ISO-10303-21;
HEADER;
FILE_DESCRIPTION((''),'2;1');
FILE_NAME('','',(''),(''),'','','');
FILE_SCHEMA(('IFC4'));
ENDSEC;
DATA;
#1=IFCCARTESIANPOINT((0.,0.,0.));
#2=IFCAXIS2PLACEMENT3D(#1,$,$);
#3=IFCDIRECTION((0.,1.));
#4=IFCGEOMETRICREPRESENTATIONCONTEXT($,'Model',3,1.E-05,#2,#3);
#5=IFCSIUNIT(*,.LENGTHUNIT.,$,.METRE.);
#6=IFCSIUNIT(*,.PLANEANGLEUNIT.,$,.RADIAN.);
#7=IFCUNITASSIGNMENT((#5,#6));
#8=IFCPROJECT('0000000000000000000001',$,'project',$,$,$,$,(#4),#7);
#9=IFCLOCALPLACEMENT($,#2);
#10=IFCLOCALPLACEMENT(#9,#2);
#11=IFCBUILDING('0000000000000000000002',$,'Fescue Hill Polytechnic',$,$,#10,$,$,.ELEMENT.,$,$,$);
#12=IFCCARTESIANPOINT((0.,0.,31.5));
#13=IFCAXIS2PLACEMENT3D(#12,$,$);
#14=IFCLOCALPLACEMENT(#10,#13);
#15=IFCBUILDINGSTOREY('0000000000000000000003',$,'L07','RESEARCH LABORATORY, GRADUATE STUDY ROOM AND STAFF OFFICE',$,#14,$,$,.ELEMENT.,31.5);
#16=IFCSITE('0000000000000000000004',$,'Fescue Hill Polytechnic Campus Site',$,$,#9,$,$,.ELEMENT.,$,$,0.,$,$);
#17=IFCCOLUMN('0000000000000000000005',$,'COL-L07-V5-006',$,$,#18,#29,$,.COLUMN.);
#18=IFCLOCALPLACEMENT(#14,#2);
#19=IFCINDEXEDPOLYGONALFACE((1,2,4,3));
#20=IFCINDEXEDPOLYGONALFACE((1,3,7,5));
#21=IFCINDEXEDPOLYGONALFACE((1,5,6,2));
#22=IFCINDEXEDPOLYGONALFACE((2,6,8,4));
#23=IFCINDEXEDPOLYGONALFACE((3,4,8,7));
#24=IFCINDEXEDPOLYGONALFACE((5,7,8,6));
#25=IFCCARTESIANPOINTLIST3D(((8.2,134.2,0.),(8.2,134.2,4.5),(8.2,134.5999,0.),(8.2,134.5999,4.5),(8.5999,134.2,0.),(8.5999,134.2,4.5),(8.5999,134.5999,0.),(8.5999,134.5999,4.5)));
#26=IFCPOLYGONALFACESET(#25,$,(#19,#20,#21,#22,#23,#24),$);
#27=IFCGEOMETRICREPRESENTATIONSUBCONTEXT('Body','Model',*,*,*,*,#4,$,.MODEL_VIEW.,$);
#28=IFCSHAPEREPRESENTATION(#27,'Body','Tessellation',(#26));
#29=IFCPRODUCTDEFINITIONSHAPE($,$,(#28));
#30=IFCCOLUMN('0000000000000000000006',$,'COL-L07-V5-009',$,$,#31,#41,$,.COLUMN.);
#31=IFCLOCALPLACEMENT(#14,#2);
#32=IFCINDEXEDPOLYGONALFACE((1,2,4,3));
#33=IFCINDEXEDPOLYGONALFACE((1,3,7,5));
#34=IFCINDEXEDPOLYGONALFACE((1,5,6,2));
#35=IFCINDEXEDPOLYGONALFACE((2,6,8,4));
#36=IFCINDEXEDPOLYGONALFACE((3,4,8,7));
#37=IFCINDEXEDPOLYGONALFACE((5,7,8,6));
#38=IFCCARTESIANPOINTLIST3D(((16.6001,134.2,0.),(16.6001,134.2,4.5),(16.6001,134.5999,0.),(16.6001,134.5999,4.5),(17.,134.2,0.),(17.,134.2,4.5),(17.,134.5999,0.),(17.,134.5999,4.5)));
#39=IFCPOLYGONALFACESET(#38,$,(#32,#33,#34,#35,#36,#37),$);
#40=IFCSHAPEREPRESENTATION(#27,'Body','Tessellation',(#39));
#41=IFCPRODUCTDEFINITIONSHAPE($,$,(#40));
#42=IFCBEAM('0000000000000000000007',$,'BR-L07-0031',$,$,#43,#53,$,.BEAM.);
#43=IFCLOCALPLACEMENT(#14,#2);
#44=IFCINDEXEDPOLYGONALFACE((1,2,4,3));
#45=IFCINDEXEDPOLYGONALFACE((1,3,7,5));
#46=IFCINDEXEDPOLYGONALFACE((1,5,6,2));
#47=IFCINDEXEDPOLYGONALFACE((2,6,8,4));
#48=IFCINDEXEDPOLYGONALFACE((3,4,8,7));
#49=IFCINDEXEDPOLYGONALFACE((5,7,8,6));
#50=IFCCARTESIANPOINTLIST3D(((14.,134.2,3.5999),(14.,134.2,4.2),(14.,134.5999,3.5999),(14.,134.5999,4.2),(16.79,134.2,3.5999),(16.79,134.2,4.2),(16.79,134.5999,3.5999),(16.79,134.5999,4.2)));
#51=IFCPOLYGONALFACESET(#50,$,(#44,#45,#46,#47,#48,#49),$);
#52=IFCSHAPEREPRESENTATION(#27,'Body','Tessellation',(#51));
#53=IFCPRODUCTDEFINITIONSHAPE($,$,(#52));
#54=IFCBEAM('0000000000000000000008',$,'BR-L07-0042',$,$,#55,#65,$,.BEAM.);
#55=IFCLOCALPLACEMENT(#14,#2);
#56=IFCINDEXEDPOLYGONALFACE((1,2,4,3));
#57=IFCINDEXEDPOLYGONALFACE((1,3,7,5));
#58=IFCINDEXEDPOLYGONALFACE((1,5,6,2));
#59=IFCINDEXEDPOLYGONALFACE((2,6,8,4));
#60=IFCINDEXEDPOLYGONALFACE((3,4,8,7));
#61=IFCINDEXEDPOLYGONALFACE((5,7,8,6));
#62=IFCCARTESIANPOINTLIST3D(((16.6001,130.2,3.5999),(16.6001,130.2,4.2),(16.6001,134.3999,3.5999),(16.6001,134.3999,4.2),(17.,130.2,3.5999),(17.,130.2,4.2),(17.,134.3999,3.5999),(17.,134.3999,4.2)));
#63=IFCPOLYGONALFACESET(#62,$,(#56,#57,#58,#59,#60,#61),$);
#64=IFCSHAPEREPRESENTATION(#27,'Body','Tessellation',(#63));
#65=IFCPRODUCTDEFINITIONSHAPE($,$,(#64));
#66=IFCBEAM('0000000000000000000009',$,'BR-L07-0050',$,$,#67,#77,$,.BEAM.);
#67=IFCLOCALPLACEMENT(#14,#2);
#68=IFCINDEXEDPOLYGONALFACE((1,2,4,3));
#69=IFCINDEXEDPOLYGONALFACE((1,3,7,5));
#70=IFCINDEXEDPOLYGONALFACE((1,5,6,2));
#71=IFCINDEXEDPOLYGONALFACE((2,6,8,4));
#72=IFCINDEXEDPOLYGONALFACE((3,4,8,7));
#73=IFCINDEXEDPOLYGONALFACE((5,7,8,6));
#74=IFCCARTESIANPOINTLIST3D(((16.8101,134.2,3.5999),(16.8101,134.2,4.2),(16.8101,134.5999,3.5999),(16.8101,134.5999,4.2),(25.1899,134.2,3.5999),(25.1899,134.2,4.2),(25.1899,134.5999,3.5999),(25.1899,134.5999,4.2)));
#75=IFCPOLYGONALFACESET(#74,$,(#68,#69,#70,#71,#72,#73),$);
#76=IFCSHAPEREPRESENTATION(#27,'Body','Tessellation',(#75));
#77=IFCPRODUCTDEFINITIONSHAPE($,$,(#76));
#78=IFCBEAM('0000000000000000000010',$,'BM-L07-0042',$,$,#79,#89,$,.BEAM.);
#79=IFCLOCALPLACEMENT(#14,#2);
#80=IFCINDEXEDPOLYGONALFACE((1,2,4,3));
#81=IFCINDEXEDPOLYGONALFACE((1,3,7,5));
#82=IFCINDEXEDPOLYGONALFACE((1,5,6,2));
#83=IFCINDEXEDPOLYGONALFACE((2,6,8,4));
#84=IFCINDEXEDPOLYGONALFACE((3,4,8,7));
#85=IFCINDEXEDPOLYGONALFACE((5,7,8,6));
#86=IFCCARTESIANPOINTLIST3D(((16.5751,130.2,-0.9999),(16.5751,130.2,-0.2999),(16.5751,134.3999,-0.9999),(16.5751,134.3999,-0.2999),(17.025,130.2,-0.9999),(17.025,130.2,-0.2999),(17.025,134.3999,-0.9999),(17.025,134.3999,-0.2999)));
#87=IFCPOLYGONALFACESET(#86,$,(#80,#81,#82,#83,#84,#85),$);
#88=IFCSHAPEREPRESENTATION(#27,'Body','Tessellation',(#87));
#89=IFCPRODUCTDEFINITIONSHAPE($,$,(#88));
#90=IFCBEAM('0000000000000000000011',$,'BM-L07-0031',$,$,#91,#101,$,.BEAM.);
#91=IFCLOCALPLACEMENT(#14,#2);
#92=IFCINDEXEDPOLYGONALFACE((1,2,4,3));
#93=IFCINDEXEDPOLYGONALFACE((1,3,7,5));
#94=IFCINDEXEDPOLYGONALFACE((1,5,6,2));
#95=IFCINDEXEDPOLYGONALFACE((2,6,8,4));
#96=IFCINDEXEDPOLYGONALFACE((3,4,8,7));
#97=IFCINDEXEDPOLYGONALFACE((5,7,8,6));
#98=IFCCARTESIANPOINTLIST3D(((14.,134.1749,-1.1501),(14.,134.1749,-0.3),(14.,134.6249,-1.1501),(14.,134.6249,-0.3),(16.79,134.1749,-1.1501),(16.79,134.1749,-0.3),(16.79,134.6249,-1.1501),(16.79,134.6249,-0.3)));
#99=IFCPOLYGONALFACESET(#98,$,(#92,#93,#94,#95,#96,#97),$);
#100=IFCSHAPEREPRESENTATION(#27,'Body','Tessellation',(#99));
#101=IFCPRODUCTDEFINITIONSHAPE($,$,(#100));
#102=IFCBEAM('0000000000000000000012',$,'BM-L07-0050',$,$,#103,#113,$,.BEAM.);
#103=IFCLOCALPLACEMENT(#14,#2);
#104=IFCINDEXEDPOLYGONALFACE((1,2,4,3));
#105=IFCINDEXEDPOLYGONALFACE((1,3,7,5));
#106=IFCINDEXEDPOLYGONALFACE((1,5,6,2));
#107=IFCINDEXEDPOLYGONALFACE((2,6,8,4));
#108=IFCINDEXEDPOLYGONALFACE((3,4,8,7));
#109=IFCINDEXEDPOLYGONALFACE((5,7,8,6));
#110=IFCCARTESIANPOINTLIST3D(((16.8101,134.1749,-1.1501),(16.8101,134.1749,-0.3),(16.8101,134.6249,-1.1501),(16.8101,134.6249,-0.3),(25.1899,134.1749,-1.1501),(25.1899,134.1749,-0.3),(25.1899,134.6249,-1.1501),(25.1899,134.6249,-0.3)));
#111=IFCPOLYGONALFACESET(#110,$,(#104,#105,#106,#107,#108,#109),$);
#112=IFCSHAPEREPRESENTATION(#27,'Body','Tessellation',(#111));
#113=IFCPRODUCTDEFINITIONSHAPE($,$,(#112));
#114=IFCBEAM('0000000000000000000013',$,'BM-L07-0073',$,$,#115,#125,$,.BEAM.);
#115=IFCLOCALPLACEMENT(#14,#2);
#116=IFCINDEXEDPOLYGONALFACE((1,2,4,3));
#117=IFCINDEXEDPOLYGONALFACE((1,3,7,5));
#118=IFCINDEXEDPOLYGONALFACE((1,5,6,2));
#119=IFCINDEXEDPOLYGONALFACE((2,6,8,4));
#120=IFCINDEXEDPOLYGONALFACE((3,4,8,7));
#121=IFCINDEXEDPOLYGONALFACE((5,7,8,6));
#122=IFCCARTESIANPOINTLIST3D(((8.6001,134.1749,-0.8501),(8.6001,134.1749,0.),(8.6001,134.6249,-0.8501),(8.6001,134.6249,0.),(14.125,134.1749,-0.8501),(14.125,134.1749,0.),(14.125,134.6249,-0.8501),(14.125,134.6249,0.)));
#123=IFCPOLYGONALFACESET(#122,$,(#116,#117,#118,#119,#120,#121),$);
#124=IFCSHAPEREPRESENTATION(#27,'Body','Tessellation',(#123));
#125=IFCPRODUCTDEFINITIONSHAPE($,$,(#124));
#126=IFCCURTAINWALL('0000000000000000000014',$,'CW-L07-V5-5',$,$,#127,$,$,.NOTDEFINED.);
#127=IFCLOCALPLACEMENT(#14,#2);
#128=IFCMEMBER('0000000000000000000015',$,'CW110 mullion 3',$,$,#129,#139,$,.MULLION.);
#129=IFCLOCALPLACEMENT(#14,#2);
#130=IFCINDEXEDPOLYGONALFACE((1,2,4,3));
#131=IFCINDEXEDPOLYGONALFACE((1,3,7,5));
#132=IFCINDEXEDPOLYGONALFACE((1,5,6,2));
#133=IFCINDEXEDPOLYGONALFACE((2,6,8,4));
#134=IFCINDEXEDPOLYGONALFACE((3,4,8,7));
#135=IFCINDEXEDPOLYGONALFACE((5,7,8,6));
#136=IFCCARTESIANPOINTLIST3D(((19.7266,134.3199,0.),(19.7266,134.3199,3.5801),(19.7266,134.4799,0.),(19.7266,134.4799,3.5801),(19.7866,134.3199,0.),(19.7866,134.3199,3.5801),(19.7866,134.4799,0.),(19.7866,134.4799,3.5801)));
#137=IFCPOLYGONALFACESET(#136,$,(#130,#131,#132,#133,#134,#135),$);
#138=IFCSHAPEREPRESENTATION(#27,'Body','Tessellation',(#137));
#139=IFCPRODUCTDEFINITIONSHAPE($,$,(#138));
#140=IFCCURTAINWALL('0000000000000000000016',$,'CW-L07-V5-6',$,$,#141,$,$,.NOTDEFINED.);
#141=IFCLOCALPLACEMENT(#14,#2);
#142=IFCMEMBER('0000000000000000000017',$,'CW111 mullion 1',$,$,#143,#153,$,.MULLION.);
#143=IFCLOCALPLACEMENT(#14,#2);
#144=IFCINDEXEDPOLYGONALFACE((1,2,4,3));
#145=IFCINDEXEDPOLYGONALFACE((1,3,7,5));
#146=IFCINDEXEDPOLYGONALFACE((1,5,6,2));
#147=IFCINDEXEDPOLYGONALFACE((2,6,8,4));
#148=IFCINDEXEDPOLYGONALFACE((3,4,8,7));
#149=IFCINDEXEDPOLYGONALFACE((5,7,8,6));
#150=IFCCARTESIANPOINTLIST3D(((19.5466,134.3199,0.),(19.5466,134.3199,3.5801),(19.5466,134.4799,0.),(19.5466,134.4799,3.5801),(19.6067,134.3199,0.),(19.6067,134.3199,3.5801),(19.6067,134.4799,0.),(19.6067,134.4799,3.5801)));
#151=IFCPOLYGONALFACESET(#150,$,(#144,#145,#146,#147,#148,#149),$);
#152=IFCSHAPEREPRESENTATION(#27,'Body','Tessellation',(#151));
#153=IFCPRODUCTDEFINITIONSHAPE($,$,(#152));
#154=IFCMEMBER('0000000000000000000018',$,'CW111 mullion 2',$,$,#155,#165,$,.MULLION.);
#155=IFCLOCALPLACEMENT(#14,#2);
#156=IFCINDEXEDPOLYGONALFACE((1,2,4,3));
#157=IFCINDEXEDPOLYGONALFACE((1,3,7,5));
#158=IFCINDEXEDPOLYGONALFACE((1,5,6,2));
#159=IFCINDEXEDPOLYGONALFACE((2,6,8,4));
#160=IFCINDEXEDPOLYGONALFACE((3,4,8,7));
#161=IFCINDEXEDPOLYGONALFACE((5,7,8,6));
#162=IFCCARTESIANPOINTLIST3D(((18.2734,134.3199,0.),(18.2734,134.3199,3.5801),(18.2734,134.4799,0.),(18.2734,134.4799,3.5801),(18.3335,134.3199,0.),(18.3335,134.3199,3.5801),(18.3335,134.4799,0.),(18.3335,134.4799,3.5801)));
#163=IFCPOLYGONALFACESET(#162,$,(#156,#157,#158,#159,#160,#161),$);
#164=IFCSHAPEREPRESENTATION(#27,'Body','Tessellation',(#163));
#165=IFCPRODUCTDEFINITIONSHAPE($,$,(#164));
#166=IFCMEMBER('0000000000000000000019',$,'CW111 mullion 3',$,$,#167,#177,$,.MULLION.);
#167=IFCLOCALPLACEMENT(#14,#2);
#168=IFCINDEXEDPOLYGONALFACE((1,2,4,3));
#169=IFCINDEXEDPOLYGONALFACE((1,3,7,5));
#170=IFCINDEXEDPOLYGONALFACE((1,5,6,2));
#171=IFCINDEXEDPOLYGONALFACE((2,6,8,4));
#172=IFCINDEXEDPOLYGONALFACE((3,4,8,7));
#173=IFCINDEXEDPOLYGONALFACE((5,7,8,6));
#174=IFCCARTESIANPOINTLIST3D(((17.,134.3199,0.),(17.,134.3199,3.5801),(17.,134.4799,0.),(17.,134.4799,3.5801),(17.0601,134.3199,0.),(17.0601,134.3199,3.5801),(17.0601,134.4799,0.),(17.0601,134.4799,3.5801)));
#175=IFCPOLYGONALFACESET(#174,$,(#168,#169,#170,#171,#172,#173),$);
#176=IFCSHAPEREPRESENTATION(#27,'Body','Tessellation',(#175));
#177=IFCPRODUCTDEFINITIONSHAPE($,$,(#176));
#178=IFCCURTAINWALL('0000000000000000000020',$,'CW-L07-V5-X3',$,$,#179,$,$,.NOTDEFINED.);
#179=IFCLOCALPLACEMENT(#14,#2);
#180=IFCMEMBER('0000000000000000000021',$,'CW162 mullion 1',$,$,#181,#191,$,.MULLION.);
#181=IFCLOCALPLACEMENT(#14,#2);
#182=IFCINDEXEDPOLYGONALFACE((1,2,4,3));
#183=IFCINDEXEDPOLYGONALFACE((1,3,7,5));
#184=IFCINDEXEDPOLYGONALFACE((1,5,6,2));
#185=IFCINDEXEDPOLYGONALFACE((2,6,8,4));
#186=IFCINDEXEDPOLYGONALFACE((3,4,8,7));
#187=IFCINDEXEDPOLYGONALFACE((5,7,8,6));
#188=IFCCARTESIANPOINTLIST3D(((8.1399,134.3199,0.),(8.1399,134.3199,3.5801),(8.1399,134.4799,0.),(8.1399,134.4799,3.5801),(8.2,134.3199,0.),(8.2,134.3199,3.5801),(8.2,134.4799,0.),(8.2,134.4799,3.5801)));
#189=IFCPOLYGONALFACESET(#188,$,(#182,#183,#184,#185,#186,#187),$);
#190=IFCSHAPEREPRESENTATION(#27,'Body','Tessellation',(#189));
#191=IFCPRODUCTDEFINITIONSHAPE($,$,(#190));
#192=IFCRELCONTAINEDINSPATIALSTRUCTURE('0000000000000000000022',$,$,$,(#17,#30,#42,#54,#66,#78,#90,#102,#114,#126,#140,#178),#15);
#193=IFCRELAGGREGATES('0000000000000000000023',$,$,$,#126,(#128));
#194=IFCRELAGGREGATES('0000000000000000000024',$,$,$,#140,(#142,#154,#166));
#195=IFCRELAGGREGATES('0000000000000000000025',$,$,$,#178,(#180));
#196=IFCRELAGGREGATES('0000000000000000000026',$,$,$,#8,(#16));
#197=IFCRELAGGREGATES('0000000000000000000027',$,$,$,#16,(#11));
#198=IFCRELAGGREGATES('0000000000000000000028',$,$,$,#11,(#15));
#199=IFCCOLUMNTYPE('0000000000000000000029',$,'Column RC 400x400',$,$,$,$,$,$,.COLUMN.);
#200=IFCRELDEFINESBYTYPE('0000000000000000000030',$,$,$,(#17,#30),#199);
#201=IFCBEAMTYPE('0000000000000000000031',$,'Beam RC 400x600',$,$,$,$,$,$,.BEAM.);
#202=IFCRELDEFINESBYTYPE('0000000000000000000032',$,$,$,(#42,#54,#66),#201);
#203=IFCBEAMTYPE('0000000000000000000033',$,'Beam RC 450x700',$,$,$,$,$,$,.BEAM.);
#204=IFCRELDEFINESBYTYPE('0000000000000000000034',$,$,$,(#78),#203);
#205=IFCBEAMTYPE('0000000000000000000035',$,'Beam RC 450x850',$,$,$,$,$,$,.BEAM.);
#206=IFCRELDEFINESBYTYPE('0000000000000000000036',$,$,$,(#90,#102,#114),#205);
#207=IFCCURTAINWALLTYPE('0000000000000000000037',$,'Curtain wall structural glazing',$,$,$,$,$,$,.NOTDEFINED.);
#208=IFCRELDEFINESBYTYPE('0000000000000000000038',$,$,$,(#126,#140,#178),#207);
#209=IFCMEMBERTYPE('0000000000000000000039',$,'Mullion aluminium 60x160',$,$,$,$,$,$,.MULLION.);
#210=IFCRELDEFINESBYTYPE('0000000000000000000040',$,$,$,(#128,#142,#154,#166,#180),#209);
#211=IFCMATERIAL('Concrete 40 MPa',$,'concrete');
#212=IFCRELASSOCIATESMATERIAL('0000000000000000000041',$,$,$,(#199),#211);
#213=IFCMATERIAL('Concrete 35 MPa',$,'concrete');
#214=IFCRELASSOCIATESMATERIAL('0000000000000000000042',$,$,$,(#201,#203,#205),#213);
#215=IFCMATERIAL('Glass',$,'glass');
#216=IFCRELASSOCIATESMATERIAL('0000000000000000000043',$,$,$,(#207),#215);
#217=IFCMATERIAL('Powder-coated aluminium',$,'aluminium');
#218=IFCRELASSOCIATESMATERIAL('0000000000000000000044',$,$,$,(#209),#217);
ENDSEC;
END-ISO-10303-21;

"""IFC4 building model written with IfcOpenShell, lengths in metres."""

from ifc_helpers import new_model, si_unit, direction, frame, origin, origin_2d, place, context, subcontext, project, spatial, rectangle, extrude, material, material_profile, profile_set, type_object, element, aggregate, save


model = new_model("IFC4")

# Units and contexts
model_context = context("Model", 3, precision=1e-05, world=origin(), true_north=direction((0.0, 1.0)))
body_context = subcontext(model_context, "Body", "Model", "MODEL_VIEW")
ifc_project = project(units=[si_unit("LENGTHUNIT", "METRE"), si_unit("PLANEANGLEUNIT", "RADIAN")], contexts=[model_context])

# Site, building, storey
site_placement = place(None, origin())
site = spatial("IfcSite", under=ifc_project, at=site_placement, Name="Fescue Hill Polytechnic Campus Site", CompositionType="ELEMENT", RefElevation=0.0)
building_placement = place(site_placement, origin())
building = spatial("IfcBuilding", under=site, at=building_placement, Name="Fescue Hill Polytechnic", CompositionType="ELEMENT")
storey_placement = place(building_placement, frame((0.0, 0.0, 31.5)))
storey = spatial("IfcBuildingStorey", under=building, at=storey_placement, Name="L07", Description="RESEARCH LABORATORY, GRADUATE STUDY ROOM AND STAFF OFFICE", CompositionType="ELEMENT", Elevation=31.5)

# Columns
ifc_material_1 = material(Name="Concrete 40 MPa", Category="concrete")
ifc_material_profile_1 = material_profile(ifc_material_1, rectangle(XDim=0.3999, YDim=0.3999, at=origin_2d()), Name="RC 400x400")
ifc_profile_set_1 = profile_set([ifc_material_profile_1], Name="Concrete 40 MPa")
column_type = type_object("IfcColumnType", Name="Column RC 400x400", PredefinedType="COLUMN", material=ifc_profile_set_1)
for number, where, z_axis, x_axis, name in (
    (1, (8.3999, 134.3999, 0.0), (0.0, 0.0, 1.0), (1.0, 0.0, 0.0), "COL-L07-V5-006"),
    (2, (16.8, 134.3999, 0.0), (0.0, 0.0, 1.0), (1.0, 0.0, 0.0), "COL-L07-V5-009"),
):
    element("IfcColumn", number, at=place(storey_placement, frame(where, z_axis=z_axis, x_axis=x_axis)), inside=storey, type_object=column_type, Name=name, PredefinedType="COLUMN", context=body_context, shape_type="SweptSolid", body=[
        extrude(rectangle(XDim=0.3999, YDim=0.3999, at=origin_2d()), origin(), (0.0, 0.0, 1.0), 4.5),
    ])

# Beams
ifc_material_2 = material(Name="Concrete 35 MPa", Category="concrete")
ifc_material_profile_2 = material_profile(ifc_material_2, rectangle(XDim=0.3999, YDim=0.6001, at=origin_2d()), Name="RC 400x600")
ifc_profile_set_2 = profile_set([ifc_material_profile_2], Name="Concrete 35 MPa")
beam_type_1 = type_object("IfcBeamType", Name="Beam RC 400x600", PredefinedType="BEAM", material=ifc_profile_set_2)
beam_1_placement = place(storey_placement, frame((14.0, 134.3999, 3.8999), z_axis=(1.0, 0.0, 0.0), x_axis=(0.0, 1.0, 0.0)))
element("IfcBeam", 3, at=beam_1_placement, inside=storey, type_object=beam_type_1, Name="BR-L07-0031", PredefinedType="BEAM", context=body_context, shape_type="SweptSolid", body=[
    extrude(rectangle(XDim=0.3999, YDim=0.6001, at=origin_2d()), origin(), (0.0, 0.0, 1.0), 2.79),
])
beam_2_placement = place(storey_placement, frame((16.8, 130.2, 3.8999), z_axis=(0.0, 1.0, 0.0), x_axis=(-1.0, 0.0, 0.0)))
element("IfcBeam", 4, at=beam_2_placement, inside=storey, type_object=beam_type_1, Name="BR-L07-0042", PredefinedType="BEAM", context=body_context, shape_type="SweptSolid", body=[
    extrude(rectangle(XDim=0.3999, YDim=0.6001, at=origin_2d()), origin(), (0.0, 0.0, 1.0), 4.2),
])
beam_3_placement = place(storey_placement, frame((16.8101, 134.3999, 3.8999), z_axis=(1.0, 0.0, 0.0), x_axis=(0.0, 1.0, 0.0)))
element("IfcBeam", 5, at=beam_3_placement, inside=storey, type_object=beam_type_1, Name="BR-L07-0050", PredefinedType="BEAM", context=body_context, shape_type="SweptSolid", body=[
    extrude(rectangle(XDim=0.3999, YDim=0.6001, at=origin_2d()), origin(), (0.0, 0.0, 1.0), 8.3799),
])
ifc_material_profile_3 = material_profile(ifc_material_2, rectangle(XDim=0.45, YDim=0.7, at=origin_2d()), Name="RC 450x700")
ifc_profile_set_3 = profile_set([ifc_material_profile_3], Name="Concrete 35 MPa")
beam_type_2 = type_object("IfcBeamType", Name="Beam RC 450x700", PredefinedType="BEAM", material=ifc_profile_set_3)
beam_4_placement = place(storey_placement, frame((16.8, 130.2, -0.6499), z_axis=(0.0, 1.0, 0.0), x_axis=(-1.0, 0.0, 0.0)))
element("IfcBeam", 6, at=beam_4_placement, inside=storey, type_object=beam_type_2, Name="BM-L07-0042", PredefinedType="BEAM", context=body_context, shape_type="SweptSolid", body=[
    extrude(rectangle(XDim=0.45, YDim=0.7, at=origin_2d()), origin(), (0.0, 0.0, 1.0), 4.2),
])
ifc_material_profile_4 = material_profile(ifc_material_2, rectangle(XDim=0.45, YDim=0.8501, at=origin_2d()), Name="RC 450x850")
ifc_profile_set_4 = profile_set([ifc_material_profile_4], Name="Concrete 35 MPa")
beam_type_3 = type_object("IfcBeamType", Name="Beam RC 450x850", PredefinedType="BEAM", material=ifc_profile_set_4)
beam_5_placement = place(storey_placement, frame((14.0, 134.3999, -0.7251), z_axis=(1.0, 0.0, 0.0), x_axis=(0.0, 1.0, 0.0)))
element("IfcBeam", 7, at=beam_5_placement, inside=storey, type_object=beam_type_3, Name="BM-L07-0031", PredefinedType="BEAM", context=body_context, shape_type="SweptSolid", body=[
    extrude(rectangle(XDim=0.45, YDim=0.8501, at=origin_2d()), origin(), (0.0, 0.0, 1.0), 2.79),
])
beam_6_placement = place(storey_placement, frame((16.8101, 134.3999, -0.7251), z_axis=(1.0, 0.0, 0.0), x_axis=(0.0, 1.0, 0.0)))
element("IfcBeam", 8, at=beam_6_placement, inside=storey, type_object=beam_type_3, Name="BM-L07-0050", PredefinedType="BEAM", context=body_context, shape_type="SweptSolid", body=[
    extrude(rectangle(XDim=0.45, YDim=0.8501, at=origin_2d()), origin(), (0.0, 0.0, 1.0), 8.3799),
])
beam_7_placement = place(storey_placement, frame((8.6001, 134.3999, -0.425), z_axis=(1.0, 0.0, 0.0), x_axis=(0.0, 1.0, 0.0)))
element("IfcBeam", 9, at=beam_7_placement, inside=storey, type_object=beam_type_3, Name="BM-L07-0073", PredefinedType="BEAM", context=body_context, shape_type="SweptSolid", body=[
    extrude(rectangle(XDim=0.45, YDim=0.8501, at=origin_2d()), origin(), (0.0, 0.0, 1.0), 5.5249),
])

# Curtain wall, member
ifc_material_3 = material(Name="Glass", Category="glass")
curtain_wall_type = type_object("IfcCurtainWallType", Name="Curtain wall structural glazing", PredefinedType="NOTDEFINED", material=ifc_material_3)
curtain_wall_1_placement = place(storey_placement, origin())
curtain_wall_1 = element("IfcCurtainWall", 10, at=curtain_wall_1_placement, inside=storey, type_object=curtain_wall_type, Name="CW-L07-V5-5", PredefinedType="NOTDEFINED")
ifc_material_4 = material(Name="Powder-coated aluminium", Category="aluminium")
ifc_material_profile_5 = material_profile(ifc_material_4, rectangle(XDim=0.1599, YDim=0.0601, at=origin_2d()), Name="Mullion aluminium 60x160")
ifc_profile_set_5 = profile_set([ifc_material_profile_5], Name="Powder-coated aluminium")
member_type_1 = type_object("IfcMemberType", Name="Mullion aluminium 60x160", PredefinedType="MULLION", material=ifc_profile_set_5)
member_1_placement = place(storey_placement, frame((19.7566, 134.3999, 0.0), z_axis=(0.0, 0.0, 1.0), x_axis=(0.0, -1.0, 0.0)))
member_1 = element("IfcMember", 11, at=member_1_placement, type_object=member_type_1, Name="CW110 mullion 3", PredefinedType="MULLION", context=body_context, shape_type="SweptSolid", body=[
    extrude(rectangle(XDim=0.1599, YDim=0.0601, at=origin_2d()), origin(), (0.0, 0.0, 1.0), 3.5801),
])

# Curtain walls, members
curtain_wall_2_placement = place(storey_placement, origin())
curtain_wall_2 = element("IfcCurtainWall", 12, at=curtain_wall_2_placement, inside=storey, type_object=curtain_wall_type, Name="CW-L07-V5-6", PredefinedType="NOTDEFINED")
member_2_placement = place(storey_placement, frame((19.5767, 134.3999, 0.0), z_axis=(0.0, 0.0, 1.0), x_axis=(0.0, -1.0, 0.0)))
member_2 = element("IfcMember", 13, at=member_2_placement, type_object=member_type_1, Name="CW111 mullion 1", PredefinedType="MULLION", context=body_context, shape_type="SweptSolid", body=[
    extrude(rectangle(XDim=0.1599, YDim=0.0601, at=origin_2d()), origin(), (0.0, 0.0, 1.0), 3.5801),
])
member_3_placement = place(storey_placement, frame((18.3035, 134.3999, 0.0), z_axis=(0.0, 0.0, 1.0), x_axis=(0.0, -1.0, 0.0)))
member_3 = element("IfcMember", 14, at=member_3_placement, type_object=member_type_1, Name="CW111 mullion 2", PredefinedType="MULLION", context=body_context, shape_type="SweptSolid", body=[
    extrude(rectangle(XDim=0.1599, YDim=0.0601, at=origin_2d()), origin(), (0.0, 0.0, 1.0), 3.5801),
])
member_4_placement = place(storey_placement, frame((17.03, 134.3999, 0.0), z_axis=(0.0, 0.0, 1.0), x_axis=(0.0, -1.0, 0.0)))
member_4 = element("IfcMember", 15, at=member_4_placement, type_object=member_type_1, Name="CW111 mullion 3", PredefinedType="MULLION", context=body_context, shape_type="SweptSolid", body=[
    extrude(rectangle(XDim=0.1599, YDim=0.0601, at=origin_2d()), origin(), (0.0, 0.0, 1.0), 3.5801),
])
curtain_wall_3_placement = place(storey_placement, origin())
curtain_wall_3 = element("IfcCurtainWall", 16, at=curtain_wall_3_placement, inside=storey, type_object=curtain_wall_type, Name="CW-L07-V5-X3", PredefinedType="NOTDEFINED")
member_5_placement = place(storey_placement, frame((8.1699, 134.3999, 0.0), z_axis=(0.0, 0.0, 1.0), x_axis=(0.0, -1.0, 0.0)))
member_5 = element("IfcMember", 17, at=member_5_placement, type_object=member_type_1, Name="CW162 mullion 1", PredefinedType="MULLION", context=body_context, shape_type="SweptSolid", body=[
    extrude(rectangle(XDim=0.1599, YDim=0.0601, at=origin_2d()), origin(), (0.0, 0.0, 1.0), 3.5801),
])

aggregate(curtain_wall_1, [member_1])
aggregate(curtain_wall_2, [member_2, member_3, member_4])
aggregate(curtain_wall_3, [member_5])

save(model, "model.ifc")
